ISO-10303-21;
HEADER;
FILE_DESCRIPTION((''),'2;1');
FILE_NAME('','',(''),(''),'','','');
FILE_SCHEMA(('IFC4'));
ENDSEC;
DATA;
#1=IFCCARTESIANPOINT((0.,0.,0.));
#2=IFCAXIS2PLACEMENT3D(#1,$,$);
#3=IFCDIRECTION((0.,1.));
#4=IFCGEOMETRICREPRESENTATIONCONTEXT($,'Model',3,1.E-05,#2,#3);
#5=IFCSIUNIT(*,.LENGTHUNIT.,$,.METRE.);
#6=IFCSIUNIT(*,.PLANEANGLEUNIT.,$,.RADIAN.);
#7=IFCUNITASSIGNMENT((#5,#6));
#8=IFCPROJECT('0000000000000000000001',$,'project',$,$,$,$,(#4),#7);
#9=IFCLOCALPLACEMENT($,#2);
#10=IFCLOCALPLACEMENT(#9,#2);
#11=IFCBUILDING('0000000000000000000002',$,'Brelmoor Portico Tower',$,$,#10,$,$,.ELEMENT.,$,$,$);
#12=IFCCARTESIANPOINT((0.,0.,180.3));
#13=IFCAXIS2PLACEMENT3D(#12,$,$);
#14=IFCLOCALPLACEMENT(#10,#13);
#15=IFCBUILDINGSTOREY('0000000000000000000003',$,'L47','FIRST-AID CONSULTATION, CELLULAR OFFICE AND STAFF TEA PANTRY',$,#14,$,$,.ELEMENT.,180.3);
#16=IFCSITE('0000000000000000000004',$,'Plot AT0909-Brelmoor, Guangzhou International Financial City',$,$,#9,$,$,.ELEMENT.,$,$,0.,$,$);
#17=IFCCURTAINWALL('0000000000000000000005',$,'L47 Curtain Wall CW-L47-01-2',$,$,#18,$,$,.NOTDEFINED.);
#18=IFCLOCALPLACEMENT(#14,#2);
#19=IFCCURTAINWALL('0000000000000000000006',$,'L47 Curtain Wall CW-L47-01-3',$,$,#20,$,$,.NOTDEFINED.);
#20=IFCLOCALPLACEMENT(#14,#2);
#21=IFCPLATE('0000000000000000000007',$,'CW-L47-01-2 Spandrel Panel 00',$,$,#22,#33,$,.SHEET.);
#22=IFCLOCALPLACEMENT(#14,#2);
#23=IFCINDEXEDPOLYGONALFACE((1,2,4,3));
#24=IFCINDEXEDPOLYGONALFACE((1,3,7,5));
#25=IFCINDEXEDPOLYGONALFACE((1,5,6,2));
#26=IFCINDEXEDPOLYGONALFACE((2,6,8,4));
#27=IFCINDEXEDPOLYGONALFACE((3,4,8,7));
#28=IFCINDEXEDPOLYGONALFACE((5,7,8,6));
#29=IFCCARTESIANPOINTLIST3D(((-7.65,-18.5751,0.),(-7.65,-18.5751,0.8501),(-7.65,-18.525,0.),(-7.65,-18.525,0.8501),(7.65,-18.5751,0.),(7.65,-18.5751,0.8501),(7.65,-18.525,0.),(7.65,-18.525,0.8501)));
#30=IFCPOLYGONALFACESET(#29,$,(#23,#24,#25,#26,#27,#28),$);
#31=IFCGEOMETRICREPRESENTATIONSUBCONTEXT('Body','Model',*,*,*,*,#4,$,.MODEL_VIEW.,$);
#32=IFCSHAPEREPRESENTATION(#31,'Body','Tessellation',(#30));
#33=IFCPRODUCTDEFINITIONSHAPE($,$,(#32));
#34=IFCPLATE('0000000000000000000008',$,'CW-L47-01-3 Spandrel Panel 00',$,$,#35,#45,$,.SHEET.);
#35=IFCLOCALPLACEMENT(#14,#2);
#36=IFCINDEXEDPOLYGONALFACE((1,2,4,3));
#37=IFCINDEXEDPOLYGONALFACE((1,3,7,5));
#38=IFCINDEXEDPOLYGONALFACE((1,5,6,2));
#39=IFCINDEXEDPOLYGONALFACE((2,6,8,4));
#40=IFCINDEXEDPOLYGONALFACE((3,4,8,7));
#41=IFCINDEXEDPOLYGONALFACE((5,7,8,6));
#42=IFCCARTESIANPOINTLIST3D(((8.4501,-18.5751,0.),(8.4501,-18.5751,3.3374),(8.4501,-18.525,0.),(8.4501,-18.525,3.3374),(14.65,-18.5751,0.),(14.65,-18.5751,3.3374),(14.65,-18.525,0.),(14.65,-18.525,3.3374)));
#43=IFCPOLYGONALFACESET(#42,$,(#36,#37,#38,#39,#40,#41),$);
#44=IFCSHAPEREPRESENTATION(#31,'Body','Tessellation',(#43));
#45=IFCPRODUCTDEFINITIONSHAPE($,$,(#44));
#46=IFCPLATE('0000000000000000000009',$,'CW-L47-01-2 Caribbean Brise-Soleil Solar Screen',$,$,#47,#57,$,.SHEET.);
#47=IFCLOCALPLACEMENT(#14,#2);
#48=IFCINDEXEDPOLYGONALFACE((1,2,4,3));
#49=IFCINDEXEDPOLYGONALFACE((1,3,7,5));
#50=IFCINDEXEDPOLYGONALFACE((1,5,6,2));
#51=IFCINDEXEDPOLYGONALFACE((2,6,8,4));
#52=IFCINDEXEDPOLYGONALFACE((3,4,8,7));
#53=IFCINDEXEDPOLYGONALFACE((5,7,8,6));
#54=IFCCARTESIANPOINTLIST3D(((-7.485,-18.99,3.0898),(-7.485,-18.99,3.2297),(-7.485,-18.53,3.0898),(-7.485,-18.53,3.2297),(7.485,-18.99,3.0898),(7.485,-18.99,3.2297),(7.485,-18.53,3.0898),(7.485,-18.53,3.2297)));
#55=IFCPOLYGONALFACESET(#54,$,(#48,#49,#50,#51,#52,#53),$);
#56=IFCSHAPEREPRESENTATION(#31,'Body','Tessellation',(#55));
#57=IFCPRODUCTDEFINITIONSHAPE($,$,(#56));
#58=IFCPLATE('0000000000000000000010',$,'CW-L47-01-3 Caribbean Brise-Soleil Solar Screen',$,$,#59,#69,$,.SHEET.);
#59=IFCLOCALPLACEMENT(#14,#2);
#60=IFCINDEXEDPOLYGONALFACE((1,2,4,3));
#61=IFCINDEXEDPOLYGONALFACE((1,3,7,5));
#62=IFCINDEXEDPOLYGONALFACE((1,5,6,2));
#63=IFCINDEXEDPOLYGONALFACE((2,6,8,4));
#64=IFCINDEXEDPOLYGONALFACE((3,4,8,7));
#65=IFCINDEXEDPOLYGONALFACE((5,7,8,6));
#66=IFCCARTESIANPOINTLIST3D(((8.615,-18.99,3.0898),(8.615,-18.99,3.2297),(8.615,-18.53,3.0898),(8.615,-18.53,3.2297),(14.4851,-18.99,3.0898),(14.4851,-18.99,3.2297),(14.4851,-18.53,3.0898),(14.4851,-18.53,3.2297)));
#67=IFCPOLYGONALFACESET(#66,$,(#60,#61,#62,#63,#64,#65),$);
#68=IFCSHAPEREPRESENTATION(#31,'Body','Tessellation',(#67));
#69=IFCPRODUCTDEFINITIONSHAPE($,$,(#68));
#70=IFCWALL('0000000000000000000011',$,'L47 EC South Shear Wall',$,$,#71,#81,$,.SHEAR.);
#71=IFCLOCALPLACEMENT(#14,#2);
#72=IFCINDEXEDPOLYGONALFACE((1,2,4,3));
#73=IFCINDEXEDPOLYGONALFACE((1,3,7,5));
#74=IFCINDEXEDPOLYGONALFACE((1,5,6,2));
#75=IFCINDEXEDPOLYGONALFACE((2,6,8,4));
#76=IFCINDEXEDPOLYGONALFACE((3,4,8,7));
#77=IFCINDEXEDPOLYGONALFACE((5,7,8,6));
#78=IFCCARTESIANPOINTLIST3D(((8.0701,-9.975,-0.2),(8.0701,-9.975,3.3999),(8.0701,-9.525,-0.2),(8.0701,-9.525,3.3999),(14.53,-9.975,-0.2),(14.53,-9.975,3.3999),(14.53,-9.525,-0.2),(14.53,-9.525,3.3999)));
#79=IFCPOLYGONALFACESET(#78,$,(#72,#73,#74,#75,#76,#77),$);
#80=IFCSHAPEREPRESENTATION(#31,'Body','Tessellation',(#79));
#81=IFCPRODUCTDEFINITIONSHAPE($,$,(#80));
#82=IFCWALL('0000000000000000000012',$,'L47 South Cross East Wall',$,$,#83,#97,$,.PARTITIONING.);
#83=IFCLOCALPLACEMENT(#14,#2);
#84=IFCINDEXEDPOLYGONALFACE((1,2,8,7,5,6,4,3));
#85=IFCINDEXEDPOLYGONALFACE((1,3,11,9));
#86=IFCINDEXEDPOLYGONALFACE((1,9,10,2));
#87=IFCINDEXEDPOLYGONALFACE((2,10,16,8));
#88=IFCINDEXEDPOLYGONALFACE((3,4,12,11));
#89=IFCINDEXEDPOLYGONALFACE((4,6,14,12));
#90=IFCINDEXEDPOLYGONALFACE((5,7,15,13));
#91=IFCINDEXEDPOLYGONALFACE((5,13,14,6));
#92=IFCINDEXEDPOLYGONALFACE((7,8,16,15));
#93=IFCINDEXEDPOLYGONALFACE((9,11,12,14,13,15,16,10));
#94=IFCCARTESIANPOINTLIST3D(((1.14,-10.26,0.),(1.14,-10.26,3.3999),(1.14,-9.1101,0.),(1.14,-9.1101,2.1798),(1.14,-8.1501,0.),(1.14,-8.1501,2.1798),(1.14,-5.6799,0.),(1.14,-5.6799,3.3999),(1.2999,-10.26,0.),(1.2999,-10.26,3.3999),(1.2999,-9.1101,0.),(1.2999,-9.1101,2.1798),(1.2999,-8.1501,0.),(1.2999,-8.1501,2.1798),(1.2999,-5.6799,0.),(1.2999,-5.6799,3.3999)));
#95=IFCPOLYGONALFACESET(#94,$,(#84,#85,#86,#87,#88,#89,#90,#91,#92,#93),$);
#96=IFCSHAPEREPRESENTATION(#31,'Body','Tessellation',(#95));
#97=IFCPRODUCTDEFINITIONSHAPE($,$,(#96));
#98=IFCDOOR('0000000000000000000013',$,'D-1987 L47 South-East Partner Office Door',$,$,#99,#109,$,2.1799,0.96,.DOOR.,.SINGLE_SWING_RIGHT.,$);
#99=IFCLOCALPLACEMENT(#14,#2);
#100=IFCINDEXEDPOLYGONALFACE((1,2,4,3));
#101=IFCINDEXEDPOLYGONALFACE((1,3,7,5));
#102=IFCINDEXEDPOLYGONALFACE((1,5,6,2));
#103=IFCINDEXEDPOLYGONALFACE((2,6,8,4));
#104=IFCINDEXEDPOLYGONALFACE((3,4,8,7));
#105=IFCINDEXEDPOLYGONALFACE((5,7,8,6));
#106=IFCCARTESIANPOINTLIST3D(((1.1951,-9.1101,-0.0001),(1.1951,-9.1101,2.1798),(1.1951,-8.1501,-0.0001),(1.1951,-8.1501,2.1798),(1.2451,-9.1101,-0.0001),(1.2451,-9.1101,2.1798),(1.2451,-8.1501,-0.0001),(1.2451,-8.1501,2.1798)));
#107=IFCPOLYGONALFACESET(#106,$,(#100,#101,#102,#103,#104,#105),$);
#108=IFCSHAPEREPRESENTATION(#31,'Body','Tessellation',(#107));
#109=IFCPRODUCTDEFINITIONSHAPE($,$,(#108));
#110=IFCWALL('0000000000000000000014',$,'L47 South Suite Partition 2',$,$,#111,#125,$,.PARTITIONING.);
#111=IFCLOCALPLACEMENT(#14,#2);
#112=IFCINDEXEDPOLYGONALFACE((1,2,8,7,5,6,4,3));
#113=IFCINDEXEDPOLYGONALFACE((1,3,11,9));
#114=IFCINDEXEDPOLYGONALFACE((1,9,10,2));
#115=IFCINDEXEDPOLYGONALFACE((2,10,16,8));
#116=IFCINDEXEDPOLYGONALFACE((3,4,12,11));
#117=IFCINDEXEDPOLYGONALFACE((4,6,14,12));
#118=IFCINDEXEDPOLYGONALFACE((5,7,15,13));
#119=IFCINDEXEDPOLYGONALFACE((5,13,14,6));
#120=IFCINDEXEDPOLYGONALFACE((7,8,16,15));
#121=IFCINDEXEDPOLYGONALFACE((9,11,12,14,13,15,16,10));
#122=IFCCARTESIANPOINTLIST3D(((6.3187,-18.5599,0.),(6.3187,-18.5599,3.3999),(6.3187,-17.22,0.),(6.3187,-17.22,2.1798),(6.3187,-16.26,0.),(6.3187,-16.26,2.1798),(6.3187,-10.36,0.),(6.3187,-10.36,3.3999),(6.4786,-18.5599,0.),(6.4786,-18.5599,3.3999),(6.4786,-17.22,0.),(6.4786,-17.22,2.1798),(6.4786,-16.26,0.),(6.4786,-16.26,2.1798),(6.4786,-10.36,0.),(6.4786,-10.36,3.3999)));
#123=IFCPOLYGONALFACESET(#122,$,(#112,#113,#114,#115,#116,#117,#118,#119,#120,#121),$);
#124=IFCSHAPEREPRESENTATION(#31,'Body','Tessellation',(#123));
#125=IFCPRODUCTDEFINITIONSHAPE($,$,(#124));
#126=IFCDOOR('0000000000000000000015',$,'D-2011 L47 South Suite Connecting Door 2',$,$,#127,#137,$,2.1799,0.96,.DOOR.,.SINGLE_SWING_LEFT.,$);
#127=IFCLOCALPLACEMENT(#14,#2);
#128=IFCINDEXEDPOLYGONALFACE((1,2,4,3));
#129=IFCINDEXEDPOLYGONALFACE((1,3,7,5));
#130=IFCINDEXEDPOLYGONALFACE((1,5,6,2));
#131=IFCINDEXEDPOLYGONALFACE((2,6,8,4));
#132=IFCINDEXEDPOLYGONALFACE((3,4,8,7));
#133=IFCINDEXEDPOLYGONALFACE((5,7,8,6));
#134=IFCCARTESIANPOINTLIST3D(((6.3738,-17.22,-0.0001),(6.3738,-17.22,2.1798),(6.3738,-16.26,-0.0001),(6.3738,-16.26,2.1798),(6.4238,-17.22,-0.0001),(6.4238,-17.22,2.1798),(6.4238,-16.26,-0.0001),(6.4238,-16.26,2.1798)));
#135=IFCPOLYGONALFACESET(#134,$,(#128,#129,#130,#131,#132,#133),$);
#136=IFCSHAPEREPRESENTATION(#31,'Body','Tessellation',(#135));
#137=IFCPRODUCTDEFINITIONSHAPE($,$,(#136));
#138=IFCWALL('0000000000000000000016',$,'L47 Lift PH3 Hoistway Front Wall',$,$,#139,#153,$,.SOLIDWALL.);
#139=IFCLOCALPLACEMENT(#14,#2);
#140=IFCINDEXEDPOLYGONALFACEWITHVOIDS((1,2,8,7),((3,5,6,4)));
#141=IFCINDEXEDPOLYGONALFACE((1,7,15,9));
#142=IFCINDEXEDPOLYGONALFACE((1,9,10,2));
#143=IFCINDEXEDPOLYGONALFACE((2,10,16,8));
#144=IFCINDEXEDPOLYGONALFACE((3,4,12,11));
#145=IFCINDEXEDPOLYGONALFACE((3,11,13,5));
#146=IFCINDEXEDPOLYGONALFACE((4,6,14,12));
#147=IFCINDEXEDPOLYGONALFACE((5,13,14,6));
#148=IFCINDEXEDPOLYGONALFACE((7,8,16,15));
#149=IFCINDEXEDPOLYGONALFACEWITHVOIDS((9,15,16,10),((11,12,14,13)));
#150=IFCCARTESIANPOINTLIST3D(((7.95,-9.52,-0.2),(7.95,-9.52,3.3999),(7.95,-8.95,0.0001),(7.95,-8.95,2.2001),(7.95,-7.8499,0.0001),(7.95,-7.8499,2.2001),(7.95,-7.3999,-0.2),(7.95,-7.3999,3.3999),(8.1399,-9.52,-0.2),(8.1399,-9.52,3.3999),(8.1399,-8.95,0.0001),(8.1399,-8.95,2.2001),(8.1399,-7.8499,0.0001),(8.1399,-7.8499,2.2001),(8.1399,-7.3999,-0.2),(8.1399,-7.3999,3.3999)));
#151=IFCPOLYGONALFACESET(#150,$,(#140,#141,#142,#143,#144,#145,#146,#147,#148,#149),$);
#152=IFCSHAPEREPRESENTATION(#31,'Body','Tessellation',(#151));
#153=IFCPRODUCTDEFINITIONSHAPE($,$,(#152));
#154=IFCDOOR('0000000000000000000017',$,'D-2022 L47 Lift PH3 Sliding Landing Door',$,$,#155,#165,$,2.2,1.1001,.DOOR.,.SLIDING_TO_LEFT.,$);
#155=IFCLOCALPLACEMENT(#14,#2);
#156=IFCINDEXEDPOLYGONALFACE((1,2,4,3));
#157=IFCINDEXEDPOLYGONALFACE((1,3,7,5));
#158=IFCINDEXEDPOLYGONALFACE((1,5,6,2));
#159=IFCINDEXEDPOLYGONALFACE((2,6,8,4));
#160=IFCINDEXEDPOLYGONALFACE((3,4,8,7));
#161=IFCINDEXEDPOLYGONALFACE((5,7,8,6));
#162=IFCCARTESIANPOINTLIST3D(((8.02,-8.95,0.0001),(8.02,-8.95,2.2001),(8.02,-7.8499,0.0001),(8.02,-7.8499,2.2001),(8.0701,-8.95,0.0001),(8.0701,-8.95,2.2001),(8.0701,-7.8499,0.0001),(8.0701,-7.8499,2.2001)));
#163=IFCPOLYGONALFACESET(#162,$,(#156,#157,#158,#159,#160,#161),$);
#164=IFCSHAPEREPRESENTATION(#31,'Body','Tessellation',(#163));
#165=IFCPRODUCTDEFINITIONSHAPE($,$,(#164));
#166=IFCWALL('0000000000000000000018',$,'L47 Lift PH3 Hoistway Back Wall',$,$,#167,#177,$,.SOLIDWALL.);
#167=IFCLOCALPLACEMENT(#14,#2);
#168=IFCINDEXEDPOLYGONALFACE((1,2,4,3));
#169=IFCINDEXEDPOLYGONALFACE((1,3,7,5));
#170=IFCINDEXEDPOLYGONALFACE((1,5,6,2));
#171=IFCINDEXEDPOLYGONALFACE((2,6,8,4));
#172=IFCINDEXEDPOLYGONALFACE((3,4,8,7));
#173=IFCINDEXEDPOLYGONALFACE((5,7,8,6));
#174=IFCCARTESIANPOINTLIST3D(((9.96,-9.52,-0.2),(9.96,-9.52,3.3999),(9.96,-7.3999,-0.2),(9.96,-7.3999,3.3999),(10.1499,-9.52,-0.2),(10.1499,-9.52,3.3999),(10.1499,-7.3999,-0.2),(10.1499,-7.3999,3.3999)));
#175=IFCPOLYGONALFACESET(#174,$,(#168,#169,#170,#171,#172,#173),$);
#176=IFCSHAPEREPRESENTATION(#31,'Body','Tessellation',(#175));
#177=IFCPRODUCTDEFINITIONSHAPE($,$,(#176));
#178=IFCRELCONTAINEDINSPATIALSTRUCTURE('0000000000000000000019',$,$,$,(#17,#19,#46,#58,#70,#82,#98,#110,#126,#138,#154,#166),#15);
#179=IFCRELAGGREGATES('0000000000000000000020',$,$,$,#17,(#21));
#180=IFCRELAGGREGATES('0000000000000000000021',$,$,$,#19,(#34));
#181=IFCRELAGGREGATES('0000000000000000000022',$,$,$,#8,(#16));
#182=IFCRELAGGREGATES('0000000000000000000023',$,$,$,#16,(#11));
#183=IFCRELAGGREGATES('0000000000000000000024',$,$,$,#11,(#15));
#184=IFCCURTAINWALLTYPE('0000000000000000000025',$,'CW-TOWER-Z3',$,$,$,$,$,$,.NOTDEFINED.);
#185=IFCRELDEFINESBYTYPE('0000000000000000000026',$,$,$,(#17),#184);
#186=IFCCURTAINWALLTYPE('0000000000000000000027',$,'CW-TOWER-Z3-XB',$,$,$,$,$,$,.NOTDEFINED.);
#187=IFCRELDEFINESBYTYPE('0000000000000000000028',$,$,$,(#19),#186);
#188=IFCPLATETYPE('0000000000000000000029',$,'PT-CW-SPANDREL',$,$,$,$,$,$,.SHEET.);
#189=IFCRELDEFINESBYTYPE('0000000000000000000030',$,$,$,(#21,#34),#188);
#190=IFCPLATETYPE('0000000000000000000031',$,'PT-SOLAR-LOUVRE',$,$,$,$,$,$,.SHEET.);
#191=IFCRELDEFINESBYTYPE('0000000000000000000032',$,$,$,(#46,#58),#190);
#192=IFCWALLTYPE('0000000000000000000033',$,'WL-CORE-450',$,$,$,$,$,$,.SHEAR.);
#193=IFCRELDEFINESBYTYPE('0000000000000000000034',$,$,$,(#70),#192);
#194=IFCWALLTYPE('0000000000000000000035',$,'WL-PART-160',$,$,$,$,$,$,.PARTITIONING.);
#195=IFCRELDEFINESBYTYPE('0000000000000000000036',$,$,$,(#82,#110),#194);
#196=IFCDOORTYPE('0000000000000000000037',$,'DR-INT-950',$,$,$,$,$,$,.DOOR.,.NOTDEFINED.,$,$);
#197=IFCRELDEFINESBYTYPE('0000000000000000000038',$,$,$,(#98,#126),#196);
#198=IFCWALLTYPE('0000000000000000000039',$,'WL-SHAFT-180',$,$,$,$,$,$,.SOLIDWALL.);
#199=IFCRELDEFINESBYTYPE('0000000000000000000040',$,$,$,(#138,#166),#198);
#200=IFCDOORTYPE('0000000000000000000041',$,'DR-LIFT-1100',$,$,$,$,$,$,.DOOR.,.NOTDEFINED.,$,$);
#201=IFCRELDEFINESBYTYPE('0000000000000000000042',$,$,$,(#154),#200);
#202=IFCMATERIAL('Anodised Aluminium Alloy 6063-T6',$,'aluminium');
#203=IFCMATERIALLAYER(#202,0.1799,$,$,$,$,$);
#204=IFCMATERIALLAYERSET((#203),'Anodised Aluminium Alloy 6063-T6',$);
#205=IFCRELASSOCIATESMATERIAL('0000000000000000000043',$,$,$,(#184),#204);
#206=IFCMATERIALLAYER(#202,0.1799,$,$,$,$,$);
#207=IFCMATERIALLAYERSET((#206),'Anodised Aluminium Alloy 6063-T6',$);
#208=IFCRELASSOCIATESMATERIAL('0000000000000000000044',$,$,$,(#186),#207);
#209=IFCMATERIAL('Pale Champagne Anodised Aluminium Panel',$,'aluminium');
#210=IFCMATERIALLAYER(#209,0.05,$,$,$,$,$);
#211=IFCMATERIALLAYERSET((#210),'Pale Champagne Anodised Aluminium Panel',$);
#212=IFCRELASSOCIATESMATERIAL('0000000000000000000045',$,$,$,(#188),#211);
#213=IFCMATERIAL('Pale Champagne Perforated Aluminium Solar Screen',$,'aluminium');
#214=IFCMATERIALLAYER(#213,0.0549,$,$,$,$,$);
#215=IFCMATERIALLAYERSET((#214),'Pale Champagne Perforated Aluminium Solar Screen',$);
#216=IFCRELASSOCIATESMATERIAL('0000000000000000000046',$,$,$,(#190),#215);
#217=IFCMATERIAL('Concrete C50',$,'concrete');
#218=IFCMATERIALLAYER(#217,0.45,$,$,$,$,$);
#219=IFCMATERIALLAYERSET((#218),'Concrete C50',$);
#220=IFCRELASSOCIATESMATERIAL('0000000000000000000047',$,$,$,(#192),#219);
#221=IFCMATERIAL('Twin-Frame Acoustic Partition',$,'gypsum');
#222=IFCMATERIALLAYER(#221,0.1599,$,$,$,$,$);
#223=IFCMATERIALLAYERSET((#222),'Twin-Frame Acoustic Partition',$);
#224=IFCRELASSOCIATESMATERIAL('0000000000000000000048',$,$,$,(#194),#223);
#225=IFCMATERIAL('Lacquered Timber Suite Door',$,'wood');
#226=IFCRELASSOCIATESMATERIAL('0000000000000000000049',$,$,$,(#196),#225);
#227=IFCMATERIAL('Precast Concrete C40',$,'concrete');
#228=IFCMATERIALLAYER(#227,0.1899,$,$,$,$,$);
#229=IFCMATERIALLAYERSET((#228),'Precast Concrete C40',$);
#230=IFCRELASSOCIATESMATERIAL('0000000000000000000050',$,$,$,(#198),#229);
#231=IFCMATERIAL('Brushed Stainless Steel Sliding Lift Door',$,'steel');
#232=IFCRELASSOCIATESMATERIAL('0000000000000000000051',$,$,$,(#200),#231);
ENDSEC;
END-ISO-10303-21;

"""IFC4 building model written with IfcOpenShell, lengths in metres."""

from ifc_helpers import new_model, si_unit, direction, frame, frame_2d, origin, origin_2d, place, context, subcontext, project, spatial, rectangle, extrude, material, layer, layer_set, type_object, element, fill, aggregate, save


model = new_model("IFC4")

# Units and contexts
model_context = context("Model", 3, precision=1e-05, world=origin(), true_north=direction((0.0, 1.0)))
body_context = subcontext(model_context, "Body", "Model", "MODEL_VIEW")
ifc_project = project(units=[si_unit("LENGTHUNIT", "METRE"), si_unit("PLANEANGLEUNIT", "RADIAN")], contexts=[model_context])

# Site, building, storey
site_placement = place(None, origin())
site = spatial("IfcSite", under=ifc_project, at=site_placement, Name="Plot AT0909-Brelmoor, Guangzhou International Financial City", CompositionType="ELEMENT", RefElevation=0.0)
building_placement = place(site_placement, origin())
building = spatial("IfcBuilding", under=site, at=building_placement, Name="Brelmoor Portico Tower", CompositionType="ELEMENT")
storey_placement = place(building_placement, frame((0.0, 0.0, 180.3)))
storey = spatial("IfcBuildingStorey", under=building, at=storey_placement, Name="L47", Description="FIRST-AID CONSULTATION, CELLULAR OFFICE AND STAFF TEA PANTRY", CompositionType="ELEMENT", Elevation=180.3)

# Curtain wall
ifc_material_1 = material(Name="Anodised Aluminium Alloy 6063-T6", Category="aluminium")
ifc_layer_1 = layer(ifc_material_1, 0.1799)
ifc_layer_set_1 = layer_set([ifc_layer_1], Name="Anodised Aluminium Alloy 6063-T6")
curtain_wall_type_1 = type_object("IfcCurtainWallType", Name="CW-TOWER-Z3", PredefinedType="NOTDEFINED", material=ifc_layer_set_1)
curtain_wall_1_placement = place(storey_placement, origin())
curtain_wall_1 = element("IfcCurtainWall", 1, at=curtain_wall_1_placement, inside=storey, type_object=curtain_wall_type_1, Name="L47 Curtain Wall CW-L47-01-2", PredefinedType="NOTDEFINED")

# Curtain wall
ifc_layer_2 = layer(ifc_material_1, 0.1799)
ifc_layer_set_2 = layer_set([ifc_layer_2], Name="Anodised Aluminium Alloy 6063-T6")
curtain_wall_type_2 = type_object("IfcCurtainWallType", Name="CW-TOWER-Z3-XB", PredefinedType="NOTDEFINED", material=ifc_layer_set_2)
curtain_wall_2_placement = place(storey_placement, origin())
curtain_wall_2 = element("IfcCurtainWall", 2, at=curtain_wall_2_placement, inside=storey, type_object=curtain_wall_type_2, Name="L47 Curtain Wall CW-L47-01-3", PredefinedType="NOTDEFINED")

# Plates
ifc_material_2 = material(Name="Pale Champagne Anodised Aluminium Panel", Category="aluminium")
ifc_layer_3 = layer(ifc_material_2, 0.05)
ifc_layer_set_3 = layer_set([ifc_layer_3], Name="Pale Champagne Anodised Aluminium Panel")
plate_type_1 = type_object("IfcPlateType", Name="PT-CW-SPANDREL", PredefinedType="SHEET", material=ifc_layer_set_3)
plate_1_placement = place(storey_placement, frame((0.0, -18.55, 0.0), z_axis=(0.0, 0.0, 1.0), x_axis=(1.0, 0.0, 0.0)))
plate_1 = element("IfcPlate", 3, at=plate_1_placement, type_object=plate_type_1, Name="CW-L47-01-2 Spandrel Panel 00", PredefinedType="SHEET", context=body_context, shape_type="SweptSolid", body=[
    extrude(rectangle(XDim=15.3, YDim=0.05, at=origin_2d()), origin(), (0.0, 0.0, 1.0), 0.8501),
])
aggregate(curtain_wall_1, [plate_1])
plate_2_placement = place(storey_placement, frame((11.55, -18.55, 0.0), z_axis=(0.0, 0.0, 1.0), x_axis=(1.0, 0.0, 0.0)))
plate_2 = element("IfcPlate", 4, at=plate_2_placement, type_object=plate_type_1, Name="CW-L47-01-3 Spandrel Panel 00", PredefinedType="SHEET", context=body_context, shape_type="SweptSolid", body=[
    extrude(rectangle(XDim=6.2, YDim=0.05, at=origin_2d()), origin(), (0.0, 0.0, 1.0), 3.3374),
])
aggregate(curtain_wall_2, [plate_2])

# Plates
ifc_material_3 = material(Name="Pale Champagne Perforated Aluminium Solar Screen", Category="aluminium")
ifc_layer_4 = layer(ifc_material_3, 0.0549)
ifc_layer_set_4 = layer_set([ifc_layer_4], Name="Pale Champagne Perforated Aluminium Solar Screen")
plate_type_2 = type_object("IfcPlateType", Name="PT-SOLAR-LOUVRE", PredefinedType="SHEET", material=ifc_layer_set_4)
plate_3_placement = place(storey_placement, frame((0.0, -18.76, 3.0898), z_axis=(0.0, 0.0, 1.0), x_axis=(1.0, 0.0, 0.0)))
element("IfcPlate", 5, at=plate_3_placement, inside=storey, type_object=plate_type_2, Name="CW-L47-01-2 Caribbean Brise-Soleil Solar Screen", PredefinedType="SHEET", context=body_context, shape_type="SweptSolid", body=[
    extrude(rectangle(XDim=14.97, YDim=0.46, at=origin_2d()), origin(), (0.0, 0.0, 1.0), 0.1399),
])
plate_4_placement = place(storey_placement, frame((11.55, -18.76, 3.0898), z_axis=(0.0, 0.0, 1.0), x_axis=(1.0, 0.0, 0.0)))
element("IfcPlate", 6, at=plate_4_placement, inside=storey, type_object=plate_type_2, Name="CW-L47-01-3 Caribbean Brise-Soleil Solar Screen", PredefinedType="SHEET", context=body_context, shape_type="SweptSolid", body=[
    extrude(rectangle(XDim=5.8701, YDim=0.46, at=origin_2d()), origin(), (0.0, 0.0, 1.0), 0.1399),
])

# Wall
ifc_material_4 = material(Name="Concrete C50", Category="concrete")
ifc_layer_5 = layer(ifc_material_4, 0.45)
ifc_layer_set_5 = layer_set([ifc_layer_5], Name="Concrete C50")
wall_type_1 = type_object("IfcWallType", Name="WL-CORE-450", PredefinedType="SHEAR", material=ifc_layer_set_5)
wall_1_placement = place(storey_placement, frame((8.0701, -9.75, -0.2), z_axis=(0.0, 0.0, 1.0), x_axis=(1.0, 0.0, 0.0)))
element("IfcWall", 7, at=wall_1_placement, inside=storey, type_object=wall_type_1, Name="L47 EC South Shear Wall", PredefinedType="SHEAR", context=body_context, shape_type="SweptSolid", body=[
    extrude(rectangle(XDim=6.46, YDim=0.45, at=frame_2d((3.23, 0.0))), origin(), (0.0, 0.0, 1.0), 3.5999),
])

# Walls, openings, doors
ifc_material_5 = material(Name="Twin-Frame Acoustic Partition", Category="gypsum")
ifc_layer_6 = layer(ifc_material_5, 0.1599)
ifc_layer_set_6 = layer_set([ifc_layer_6], Name="Twin-Frame Acoustic Partition")
wall_type_2 = type_object("IfcWallType", Name="WL-PART-160", PredefinedType="PARTITIONING", material=ifc_layer_set_6)
wall_2_placement = place(storey_placement, frame((1.22, -10.26, 0.0), z_axis=(0.0, 0.0, 1.0), x_axis=(0.0, 1.0, 0.0)))
wall_2 = element("IfcWall", 8, at=wall_2_placement, inside=storey, type_object=wall_type_2, Name="L47 South Cross East Wall", PredefinedType="PARTITIONING", context=body_context, shape_type="SweptSolid", body=[
    extrude(rectangle(XDim=4.5801, YDim=0.1599, at=frame_2d((2.29, 0.0))), origin(), (0.0, 0.0, 1.0), 3.3999),
])
opening_1_placement = place(wall_2_placement, frame((1.1499, 0.0, 0.0)))
opening_1 = element("IfcOpeningElement", 9, at=opening_1_placement, cuts=wall_2, PredefinedType="OPENING", context=body_context, shape_type="SweptSolid", body=[
    extrude(rectangle(XDim=0.96, YDim=2.1799, at=frame_2d((0.48, 1.0898))), frame((0.0, 0.0898, 0.0), z_axis=(0.0, -1.0, 0.0), x_axis=(1.0, 0.0, 0.0)), (0.0, 0.0, 1.0), 0.1799),
])
ifc_material_6 = material(Name="Lacquered Timber Suite Door", Category="wood")
door_type_1 = type_object("IfcDoorType", Name="DR-INT-950", OperationType="NOTDEFINED", PredefinedType="DOOR", material=ifc_material_6)
door_1_placement = place(opening_1_placement, origin())
door_1 = element("IfcDoor", 10, at=door_1_placement, inside=storey, type_object=door_type_1, Name="D-1987 L47 South-East Partner Office Door", OperationType="SINGLE_SWING_RIGHT", OverallHeight=2.1799, OverallWidth=0.96, PredefinedType="DOOR", context=body_context, shape_type="SweptSolid", body=[
    extrude(rectangle(XDim=0.96, YDim=2.1799, at=frame_2d((0.48, 1.0898))), frame((0.0, 0.0249, 0.0), z_axis=(0.0, -1.0, 0.0), x_axis=(1.0, 0.0, 0.0)), (0.0, 0.0, 1.0), 0.05),
])
fill(opening_1, door_1)
wall_3_placement = place(storey_placement, frame((6.3987, -18.5601, 0.0), z_axis=(0.0, 0.0, 1.0), x_axis=(0.0, 1.0, 0.0)))
wall_3 = element("IfcWall", 11, at=wall_3_placement, inside=storey, type_object=wall_type_2, Name="L47 South Suite Partition 2", PredefinedType="PARTITIONING", context=body_context, shape_type="SweptSolid", body=[
    extrude(rectangle(XDim=8.2, YDim=0.1599, at=frame_2d((4.1001, 0.0))), origin(), (0.0, 0.0, 1.0), 3.3999),
])
opening_2_placement = place(wall_3_placement, frame((1.3401, 0.0, 0.0)))
opening_2 = element("IfcOpeningElement", 12, at=opening_2_placement, cuts=wall_3, PredefinedType="OPENING", context=body_context, shape_type="SweptSolid", body=[
    extrude(rectangle(XDim=0.96, YDim=2.1799, at=frame_2d((0.48, 1.0898))), frame((0.0, 0.0898, 0.0), z_axis=(0.0, -1.0, 0.0), x_axis=(1.0, 0.0, 0.0)), (0.0, 0.0, 1.0), 0.1799),
])
door_2_placement = place(opening_2_placement, origin())
door_2 = element("IfcDoor", 13, at=door_2_placement, inside=storey, type_object=door_type_1, Name="D-2011 L47 South Suite Connecting Door 2", OperationType="SINGLE_SWING_LEFT", OverallHeight=2.1799, OverallWidth=0.96, PredefinedType="DOOR", context=body_context, shape_type="SweptSolid", body=[
    extrude(rectangle(XDim=0.96, YDim=2.1799, at=frame_2d((0.48, 1.0898))), frame((0.0, 0.0249, 0.0), z_axis=(0.0, -1.0, 0.0), x_axis=(1.0, 0.0, 0.0)), (0.0, 0.0, 1.0), 0.05),
])
fill(opening_2, door_2)
ifc_material_7 = material(Name="Precast Concrete C40", Category="concrete")
ifc_layer_7 = layer(ifc_material_7, 0.1899)
ifc_layer_set_7 = layer_set([ifc_layer_7], Name="Precast Concrete C40")
wall_type_3 = type_object("IfcWallType", Name="WL-SHAFT-180", PredefinedType="SOLIDWALL", material=ifc_layer_set_7)
wall_4_placement = place(storey_placement, frame((8.0449, -9.52, -0.2), z_axis=(0.0, 0.0, 1.0), x_axis=(0.0, 1.0, 0.0)))
wall_4 = element("IfcWall", 14, at=wall_4_placement, inside=storey, type_object=wall_type_3, Name="L47 Lift PH3 Hoistway Front Wall", PredefinedType="SOLIDWALL", context=body_context, shape_type="SweptSolid", body=[
    extrude(rectangle(XDim=2.1201, YDim=0.1899, at=frame_2d((1.0601, 0.0))), origin(), (0.0, 0.0, 1.0), 3.5999),
])
opening_3_placement = place(wall_4_placement, frame((0.5701, 0.0, 0.2)))
opening_3 = element("IfcOpeningElement", 15, at=opening_3_placement, cuts=wall_4, PredefinedType="OPENING", context=body_context, shape_type="SweptSolid", body=[
    extrude(rectangle(XDim=1.1001, YDim=2.2, at=frame_2d((0.55, 1.1001))), frame((0.0, 0.105, 0.0), z_axis=(0.0, -1.0, 0.0), x_axis=(1.0, 0.0, 0.0)), (0.0, 0.0, 1.0), 0.21),
])
ifc_material_8 = material(Name="Brushed Stainless Steel Sliding Lift Door", Category="steel")
door_type_2 = type_object("IfcDoorType", Name="DR-LIFT-1100", OperationType="NOTDEFINED", PredefinedType="DOOR", material=ifc_material_8)
door_3_placement = place(opening_3_placement, origin())
door_3 = element("IfcDoor", 16, at=door_3_placement, inside=storey, type_object=door_type_2, Name="D-2022 L47 Lift PH3 Sliding Landing Door", OperationType="SLIDING_TO_LEFT", OverallHeight=2.2, OverallWidth=1.1001, PredefinedType="DOOR", context=body_context, shape_type="SweptSolid", body=[
    extrude(rectangle(XDim=1.1001, YDim=2.2, at=frame_2d((0.55, 1.1001))), frame((0.0, 0.0249, 0.0), z_axis=(0.0, -1.0, 0.0), x_axis=(1.0, 0.0, 0.0)), (0.0, 0.0, 1.0), 0.05),
])
fill(opening_3, door_3)

# Wall
wall_5_placement = place(storey_placement, frame((10.0549, -9.52, -0.2), z_axis=(0.0, 0.0, 1.0), x_axis=(0.0, 1.0, 0.0)))
element("IfcWall", 17, at=wall_5_placement, inside=storey, type_object=wall_type_3, Name="L47 Lift PH3 Hoistway Back Wall", PredefinedType="SOLIDWALL", context=body_context, shape_type="SweptSolid", body=[
    extrude(rectangle(XDim=2.1201, YDim=0.1899, at=frame_2d((1.0601, 0.0))), origin(), (0.0, 0.0, 1.0), 3.5999),
])

save(model, "model.ifc")
